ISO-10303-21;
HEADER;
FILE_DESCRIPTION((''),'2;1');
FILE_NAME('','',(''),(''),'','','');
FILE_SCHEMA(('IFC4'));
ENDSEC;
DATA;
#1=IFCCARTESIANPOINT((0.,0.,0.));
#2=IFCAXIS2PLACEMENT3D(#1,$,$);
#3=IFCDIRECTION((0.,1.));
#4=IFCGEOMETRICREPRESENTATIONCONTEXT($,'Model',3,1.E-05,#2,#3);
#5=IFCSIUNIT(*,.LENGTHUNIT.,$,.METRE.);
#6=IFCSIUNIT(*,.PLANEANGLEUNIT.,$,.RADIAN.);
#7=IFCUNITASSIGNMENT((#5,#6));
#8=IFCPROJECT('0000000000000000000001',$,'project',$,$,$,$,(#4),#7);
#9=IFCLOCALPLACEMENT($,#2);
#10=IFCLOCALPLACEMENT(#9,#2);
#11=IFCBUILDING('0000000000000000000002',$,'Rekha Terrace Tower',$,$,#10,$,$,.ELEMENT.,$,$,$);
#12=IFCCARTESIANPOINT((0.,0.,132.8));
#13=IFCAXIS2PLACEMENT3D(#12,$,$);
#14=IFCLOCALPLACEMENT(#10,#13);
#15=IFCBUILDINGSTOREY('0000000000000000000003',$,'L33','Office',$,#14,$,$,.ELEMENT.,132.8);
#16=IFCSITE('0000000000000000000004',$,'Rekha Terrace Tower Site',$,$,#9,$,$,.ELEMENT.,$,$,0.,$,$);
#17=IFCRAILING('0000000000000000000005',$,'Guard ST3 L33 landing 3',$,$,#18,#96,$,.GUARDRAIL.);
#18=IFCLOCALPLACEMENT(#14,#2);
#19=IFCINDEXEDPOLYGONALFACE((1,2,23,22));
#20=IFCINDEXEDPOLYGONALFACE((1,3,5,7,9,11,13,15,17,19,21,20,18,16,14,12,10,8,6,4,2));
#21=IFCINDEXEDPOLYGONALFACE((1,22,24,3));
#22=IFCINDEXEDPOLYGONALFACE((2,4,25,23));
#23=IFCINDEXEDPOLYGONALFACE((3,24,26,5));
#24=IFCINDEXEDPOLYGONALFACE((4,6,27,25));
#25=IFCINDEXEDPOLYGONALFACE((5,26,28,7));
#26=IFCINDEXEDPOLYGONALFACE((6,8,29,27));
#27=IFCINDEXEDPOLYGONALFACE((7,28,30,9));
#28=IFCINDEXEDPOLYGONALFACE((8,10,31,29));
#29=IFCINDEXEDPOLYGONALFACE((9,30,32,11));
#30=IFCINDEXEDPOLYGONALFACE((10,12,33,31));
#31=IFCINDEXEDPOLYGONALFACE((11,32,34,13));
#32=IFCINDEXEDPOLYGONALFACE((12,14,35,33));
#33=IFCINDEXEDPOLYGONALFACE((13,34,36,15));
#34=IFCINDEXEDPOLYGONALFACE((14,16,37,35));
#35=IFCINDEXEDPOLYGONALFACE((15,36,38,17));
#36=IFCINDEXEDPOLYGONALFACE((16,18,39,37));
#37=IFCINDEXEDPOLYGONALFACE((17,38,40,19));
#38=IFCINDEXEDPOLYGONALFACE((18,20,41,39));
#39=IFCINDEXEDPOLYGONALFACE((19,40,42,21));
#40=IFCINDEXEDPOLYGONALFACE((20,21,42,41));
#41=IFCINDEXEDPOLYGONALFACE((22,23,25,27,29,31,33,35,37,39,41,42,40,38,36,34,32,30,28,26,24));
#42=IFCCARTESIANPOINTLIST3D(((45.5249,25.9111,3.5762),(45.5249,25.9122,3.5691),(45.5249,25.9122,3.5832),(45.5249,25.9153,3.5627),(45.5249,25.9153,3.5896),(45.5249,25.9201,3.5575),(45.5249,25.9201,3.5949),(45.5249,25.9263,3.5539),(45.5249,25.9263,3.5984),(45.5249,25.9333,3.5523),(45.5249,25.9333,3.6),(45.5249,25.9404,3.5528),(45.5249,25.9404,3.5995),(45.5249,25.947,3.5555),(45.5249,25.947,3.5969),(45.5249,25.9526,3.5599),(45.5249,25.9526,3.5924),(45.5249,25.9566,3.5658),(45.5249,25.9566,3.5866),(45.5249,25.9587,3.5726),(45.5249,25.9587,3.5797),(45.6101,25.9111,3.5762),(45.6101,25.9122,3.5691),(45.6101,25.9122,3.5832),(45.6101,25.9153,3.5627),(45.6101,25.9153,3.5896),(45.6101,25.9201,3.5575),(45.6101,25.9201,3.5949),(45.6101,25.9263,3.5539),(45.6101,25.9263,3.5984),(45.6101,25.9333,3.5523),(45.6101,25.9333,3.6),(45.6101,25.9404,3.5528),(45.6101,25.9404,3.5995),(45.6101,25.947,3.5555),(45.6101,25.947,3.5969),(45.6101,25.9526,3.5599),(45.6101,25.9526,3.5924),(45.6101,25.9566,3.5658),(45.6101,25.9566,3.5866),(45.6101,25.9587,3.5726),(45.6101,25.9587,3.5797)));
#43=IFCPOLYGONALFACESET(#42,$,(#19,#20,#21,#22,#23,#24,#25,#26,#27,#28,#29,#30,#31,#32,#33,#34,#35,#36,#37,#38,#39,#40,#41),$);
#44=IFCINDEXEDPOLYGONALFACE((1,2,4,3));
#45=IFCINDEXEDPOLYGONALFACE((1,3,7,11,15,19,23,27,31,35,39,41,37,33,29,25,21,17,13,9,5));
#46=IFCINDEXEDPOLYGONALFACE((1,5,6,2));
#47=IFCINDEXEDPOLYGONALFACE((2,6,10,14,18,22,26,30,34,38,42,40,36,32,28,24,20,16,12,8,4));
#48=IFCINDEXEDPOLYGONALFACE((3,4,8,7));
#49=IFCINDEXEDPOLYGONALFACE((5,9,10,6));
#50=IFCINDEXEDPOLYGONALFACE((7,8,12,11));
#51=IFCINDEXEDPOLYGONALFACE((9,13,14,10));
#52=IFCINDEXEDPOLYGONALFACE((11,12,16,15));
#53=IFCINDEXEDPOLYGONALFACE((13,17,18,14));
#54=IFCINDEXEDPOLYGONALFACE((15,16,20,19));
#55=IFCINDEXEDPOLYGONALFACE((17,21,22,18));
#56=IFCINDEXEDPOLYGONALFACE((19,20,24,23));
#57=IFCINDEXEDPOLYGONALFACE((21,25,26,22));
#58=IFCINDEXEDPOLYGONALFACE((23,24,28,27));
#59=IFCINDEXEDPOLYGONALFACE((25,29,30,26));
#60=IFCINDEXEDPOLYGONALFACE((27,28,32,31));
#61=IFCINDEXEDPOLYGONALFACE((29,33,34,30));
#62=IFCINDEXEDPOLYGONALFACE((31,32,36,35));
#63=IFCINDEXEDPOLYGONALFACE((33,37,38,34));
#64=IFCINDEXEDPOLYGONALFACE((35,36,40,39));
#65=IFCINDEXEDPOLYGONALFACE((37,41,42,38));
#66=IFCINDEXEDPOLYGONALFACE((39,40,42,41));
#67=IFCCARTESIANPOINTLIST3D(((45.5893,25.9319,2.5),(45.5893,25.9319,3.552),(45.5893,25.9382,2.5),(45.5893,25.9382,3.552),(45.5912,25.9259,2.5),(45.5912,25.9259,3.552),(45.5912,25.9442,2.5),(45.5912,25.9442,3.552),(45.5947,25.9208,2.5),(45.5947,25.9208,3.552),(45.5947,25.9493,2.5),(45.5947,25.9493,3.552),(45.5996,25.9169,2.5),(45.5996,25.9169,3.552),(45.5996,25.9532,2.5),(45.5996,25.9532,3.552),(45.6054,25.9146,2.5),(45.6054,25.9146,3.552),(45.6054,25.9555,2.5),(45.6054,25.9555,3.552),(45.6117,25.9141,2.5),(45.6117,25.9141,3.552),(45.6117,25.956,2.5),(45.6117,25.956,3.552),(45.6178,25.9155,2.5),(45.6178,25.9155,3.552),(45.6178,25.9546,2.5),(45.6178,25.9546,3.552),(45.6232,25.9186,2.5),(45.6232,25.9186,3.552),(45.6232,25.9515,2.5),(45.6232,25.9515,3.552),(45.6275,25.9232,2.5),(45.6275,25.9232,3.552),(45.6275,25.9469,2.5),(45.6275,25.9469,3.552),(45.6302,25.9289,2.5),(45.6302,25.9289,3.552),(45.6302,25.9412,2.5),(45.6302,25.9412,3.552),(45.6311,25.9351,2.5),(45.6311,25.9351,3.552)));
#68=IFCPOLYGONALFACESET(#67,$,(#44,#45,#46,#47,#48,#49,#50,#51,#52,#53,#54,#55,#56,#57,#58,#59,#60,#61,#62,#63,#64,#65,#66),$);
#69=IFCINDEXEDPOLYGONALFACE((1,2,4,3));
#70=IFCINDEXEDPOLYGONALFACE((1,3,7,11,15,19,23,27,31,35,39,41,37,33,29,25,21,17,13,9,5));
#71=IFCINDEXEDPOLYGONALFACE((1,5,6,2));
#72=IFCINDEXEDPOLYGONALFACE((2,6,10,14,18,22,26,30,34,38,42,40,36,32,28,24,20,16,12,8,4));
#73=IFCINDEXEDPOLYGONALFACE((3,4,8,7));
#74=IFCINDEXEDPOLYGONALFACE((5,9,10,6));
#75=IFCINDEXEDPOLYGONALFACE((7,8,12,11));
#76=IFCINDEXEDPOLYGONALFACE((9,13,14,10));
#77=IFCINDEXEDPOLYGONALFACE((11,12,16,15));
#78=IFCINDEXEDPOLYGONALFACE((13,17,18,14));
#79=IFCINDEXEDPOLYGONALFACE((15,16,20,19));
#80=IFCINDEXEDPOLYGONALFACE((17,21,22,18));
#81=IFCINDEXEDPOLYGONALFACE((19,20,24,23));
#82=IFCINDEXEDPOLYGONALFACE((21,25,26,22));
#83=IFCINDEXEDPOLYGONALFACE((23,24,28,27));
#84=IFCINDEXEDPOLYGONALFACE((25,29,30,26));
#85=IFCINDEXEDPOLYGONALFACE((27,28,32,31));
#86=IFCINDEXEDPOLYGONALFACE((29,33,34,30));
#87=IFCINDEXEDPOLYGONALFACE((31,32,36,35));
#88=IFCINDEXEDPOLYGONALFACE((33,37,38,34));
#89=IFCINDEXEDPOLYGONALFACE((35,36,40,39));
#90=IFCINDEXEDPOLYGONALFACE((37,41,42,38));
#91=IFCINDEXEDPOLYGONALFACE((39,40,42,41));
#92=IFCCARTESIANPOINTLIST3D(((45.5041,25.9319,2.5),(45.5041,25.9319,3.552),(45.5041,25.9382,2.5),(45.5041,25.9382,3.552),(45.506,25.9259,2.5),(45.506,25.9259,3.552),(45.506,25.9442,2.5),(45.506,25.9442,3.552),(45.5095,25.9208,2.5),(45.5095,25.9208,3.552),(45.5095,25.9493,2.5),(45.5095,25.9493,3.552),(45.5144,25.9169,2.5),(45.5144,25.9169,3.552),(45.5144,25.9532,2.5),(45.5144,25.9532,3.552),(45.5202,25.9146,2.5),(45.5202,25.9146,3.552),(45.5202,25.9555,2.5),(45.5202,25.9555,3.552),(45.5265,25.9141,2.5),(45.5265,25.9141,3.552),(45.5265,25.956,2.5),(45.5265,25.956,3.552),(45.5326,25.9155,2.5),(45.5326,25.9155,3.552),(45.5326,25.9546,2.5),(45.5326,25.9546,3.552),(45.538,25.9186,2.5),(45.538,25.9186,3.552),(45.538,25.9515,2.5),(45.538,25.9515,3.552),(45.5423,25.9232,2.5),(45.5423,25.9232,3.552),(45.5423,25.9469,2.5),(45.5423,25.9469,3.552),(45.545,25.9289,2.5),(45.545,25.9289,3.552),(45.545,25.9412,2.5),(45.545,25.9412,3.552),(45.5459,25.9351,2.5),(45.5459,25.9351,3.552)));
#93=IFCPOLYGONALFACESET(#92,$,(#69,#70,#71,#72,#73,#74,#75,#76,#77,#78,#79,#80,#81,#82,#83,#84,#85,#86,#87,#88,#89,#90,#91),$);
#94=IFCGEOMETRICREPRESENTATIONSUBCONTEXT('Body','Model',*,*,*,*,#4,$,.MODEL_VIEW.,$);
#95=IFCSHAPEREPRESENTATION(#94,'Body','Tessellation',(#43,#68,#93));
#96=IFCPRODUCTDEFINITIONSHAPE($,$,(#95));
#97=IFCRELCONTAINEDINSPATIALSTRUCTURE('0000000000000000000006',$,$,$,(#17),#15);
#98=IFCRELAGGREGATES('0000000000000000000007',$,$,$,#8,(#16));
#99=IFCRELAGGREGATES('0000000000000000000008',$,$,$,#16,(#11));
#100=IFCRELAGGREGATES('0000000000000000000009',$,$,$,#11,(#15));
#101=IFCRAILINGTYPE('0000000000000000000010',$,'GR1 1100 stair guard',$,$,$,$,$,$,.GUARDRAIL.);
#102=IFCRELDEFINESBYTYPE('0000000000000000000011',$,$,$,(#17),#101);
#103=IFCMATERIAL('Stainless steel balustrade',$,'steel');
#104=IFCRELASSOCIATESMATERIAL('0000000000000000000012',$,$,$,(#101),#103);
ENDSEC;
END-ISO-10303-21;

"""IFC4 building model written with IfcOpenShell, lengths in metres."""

from ifc_helpers import new_model, si_unit, direction, frame, origin, origin_2d, place, context, subcontext, project, spatial, circle, extrude, material, type_object, element, save


model = new_model("IFC4")

# Units and contexts
model_context = context("Model", 3, precision=1e-05, world=origin(), true_north=direction((0.0, 1.0)))
body_context = subcontext(model_context, "Body", "Model", "MODEL_VIEW")
ifc_project = project(units=[si_unit("LENGTHUNIT", "METRE"), si_unit("PLANEANGLEUNIT", "RADIAN")], contexts=[model_context])

# Site, building, storey
site_placement = place(None, origin())
site = spatial("IfcSite", under=ifc_project, at=site_placement, Name="Rekha Terrace Tower Site", CompositionType="ELEMENT", RefElevation=0.0)
building_placement = place(site_placement, origin())
building = spatial("IfcBuilding", under=site, at=building_placement, Name="Rekha Terrace Tower", CompositionType="ELEMENT")
storey_placement = place(building_placement, frame((0.0, 0.0, 132.8)))
storey = spatial("IfcBuildingStorey", under=building, at=storey_placement, Name="L33", Description="Office", CompositionType="ELEMENT", Elevation=132.8)

# Railing
ifc_material_1 = material(Name="Stainless steel balustrade", Category="steel")
railing_type_1 = type_object("IfcRailingType", Name="GR1 1100 stair guard", PredefinedType="GUARDRAIL", material=ifc_material_1)
railing_1_placement = place(storey_placement, frame((45.6101, 25.9351, 2.5)))
element("IfcRailing", 1, at=railing_1_placement, inside=storey, type_object=railing_type_1, Name="Guard ST3 L33 landing 3", PredefinedType="GUARDRAIL", context=body_context, shape_type="SweptSolid", body=[
    extrude(circle(Radius=0.0239, at=origin_2d()), frame((0.0, 0.0, 1.0762), z_axis=(-1.0, 0.0, 0.0), x_axis=(0.0, -1.0, 0.0)), (0.0, 0.0, 1.0), 0.0852),
    extrude(circle(Radius=0.021, at=origin_2d()), origin(), (0.0, 0.0, 1.0), 1.052),
    extrude(circle(Radius=0.021, at=origin_2d()), frame((-0.0852, 0.0, 0.0)), (0.0, 0.0, 1.0), 1.052),
])

save(model, "model.ifc")
